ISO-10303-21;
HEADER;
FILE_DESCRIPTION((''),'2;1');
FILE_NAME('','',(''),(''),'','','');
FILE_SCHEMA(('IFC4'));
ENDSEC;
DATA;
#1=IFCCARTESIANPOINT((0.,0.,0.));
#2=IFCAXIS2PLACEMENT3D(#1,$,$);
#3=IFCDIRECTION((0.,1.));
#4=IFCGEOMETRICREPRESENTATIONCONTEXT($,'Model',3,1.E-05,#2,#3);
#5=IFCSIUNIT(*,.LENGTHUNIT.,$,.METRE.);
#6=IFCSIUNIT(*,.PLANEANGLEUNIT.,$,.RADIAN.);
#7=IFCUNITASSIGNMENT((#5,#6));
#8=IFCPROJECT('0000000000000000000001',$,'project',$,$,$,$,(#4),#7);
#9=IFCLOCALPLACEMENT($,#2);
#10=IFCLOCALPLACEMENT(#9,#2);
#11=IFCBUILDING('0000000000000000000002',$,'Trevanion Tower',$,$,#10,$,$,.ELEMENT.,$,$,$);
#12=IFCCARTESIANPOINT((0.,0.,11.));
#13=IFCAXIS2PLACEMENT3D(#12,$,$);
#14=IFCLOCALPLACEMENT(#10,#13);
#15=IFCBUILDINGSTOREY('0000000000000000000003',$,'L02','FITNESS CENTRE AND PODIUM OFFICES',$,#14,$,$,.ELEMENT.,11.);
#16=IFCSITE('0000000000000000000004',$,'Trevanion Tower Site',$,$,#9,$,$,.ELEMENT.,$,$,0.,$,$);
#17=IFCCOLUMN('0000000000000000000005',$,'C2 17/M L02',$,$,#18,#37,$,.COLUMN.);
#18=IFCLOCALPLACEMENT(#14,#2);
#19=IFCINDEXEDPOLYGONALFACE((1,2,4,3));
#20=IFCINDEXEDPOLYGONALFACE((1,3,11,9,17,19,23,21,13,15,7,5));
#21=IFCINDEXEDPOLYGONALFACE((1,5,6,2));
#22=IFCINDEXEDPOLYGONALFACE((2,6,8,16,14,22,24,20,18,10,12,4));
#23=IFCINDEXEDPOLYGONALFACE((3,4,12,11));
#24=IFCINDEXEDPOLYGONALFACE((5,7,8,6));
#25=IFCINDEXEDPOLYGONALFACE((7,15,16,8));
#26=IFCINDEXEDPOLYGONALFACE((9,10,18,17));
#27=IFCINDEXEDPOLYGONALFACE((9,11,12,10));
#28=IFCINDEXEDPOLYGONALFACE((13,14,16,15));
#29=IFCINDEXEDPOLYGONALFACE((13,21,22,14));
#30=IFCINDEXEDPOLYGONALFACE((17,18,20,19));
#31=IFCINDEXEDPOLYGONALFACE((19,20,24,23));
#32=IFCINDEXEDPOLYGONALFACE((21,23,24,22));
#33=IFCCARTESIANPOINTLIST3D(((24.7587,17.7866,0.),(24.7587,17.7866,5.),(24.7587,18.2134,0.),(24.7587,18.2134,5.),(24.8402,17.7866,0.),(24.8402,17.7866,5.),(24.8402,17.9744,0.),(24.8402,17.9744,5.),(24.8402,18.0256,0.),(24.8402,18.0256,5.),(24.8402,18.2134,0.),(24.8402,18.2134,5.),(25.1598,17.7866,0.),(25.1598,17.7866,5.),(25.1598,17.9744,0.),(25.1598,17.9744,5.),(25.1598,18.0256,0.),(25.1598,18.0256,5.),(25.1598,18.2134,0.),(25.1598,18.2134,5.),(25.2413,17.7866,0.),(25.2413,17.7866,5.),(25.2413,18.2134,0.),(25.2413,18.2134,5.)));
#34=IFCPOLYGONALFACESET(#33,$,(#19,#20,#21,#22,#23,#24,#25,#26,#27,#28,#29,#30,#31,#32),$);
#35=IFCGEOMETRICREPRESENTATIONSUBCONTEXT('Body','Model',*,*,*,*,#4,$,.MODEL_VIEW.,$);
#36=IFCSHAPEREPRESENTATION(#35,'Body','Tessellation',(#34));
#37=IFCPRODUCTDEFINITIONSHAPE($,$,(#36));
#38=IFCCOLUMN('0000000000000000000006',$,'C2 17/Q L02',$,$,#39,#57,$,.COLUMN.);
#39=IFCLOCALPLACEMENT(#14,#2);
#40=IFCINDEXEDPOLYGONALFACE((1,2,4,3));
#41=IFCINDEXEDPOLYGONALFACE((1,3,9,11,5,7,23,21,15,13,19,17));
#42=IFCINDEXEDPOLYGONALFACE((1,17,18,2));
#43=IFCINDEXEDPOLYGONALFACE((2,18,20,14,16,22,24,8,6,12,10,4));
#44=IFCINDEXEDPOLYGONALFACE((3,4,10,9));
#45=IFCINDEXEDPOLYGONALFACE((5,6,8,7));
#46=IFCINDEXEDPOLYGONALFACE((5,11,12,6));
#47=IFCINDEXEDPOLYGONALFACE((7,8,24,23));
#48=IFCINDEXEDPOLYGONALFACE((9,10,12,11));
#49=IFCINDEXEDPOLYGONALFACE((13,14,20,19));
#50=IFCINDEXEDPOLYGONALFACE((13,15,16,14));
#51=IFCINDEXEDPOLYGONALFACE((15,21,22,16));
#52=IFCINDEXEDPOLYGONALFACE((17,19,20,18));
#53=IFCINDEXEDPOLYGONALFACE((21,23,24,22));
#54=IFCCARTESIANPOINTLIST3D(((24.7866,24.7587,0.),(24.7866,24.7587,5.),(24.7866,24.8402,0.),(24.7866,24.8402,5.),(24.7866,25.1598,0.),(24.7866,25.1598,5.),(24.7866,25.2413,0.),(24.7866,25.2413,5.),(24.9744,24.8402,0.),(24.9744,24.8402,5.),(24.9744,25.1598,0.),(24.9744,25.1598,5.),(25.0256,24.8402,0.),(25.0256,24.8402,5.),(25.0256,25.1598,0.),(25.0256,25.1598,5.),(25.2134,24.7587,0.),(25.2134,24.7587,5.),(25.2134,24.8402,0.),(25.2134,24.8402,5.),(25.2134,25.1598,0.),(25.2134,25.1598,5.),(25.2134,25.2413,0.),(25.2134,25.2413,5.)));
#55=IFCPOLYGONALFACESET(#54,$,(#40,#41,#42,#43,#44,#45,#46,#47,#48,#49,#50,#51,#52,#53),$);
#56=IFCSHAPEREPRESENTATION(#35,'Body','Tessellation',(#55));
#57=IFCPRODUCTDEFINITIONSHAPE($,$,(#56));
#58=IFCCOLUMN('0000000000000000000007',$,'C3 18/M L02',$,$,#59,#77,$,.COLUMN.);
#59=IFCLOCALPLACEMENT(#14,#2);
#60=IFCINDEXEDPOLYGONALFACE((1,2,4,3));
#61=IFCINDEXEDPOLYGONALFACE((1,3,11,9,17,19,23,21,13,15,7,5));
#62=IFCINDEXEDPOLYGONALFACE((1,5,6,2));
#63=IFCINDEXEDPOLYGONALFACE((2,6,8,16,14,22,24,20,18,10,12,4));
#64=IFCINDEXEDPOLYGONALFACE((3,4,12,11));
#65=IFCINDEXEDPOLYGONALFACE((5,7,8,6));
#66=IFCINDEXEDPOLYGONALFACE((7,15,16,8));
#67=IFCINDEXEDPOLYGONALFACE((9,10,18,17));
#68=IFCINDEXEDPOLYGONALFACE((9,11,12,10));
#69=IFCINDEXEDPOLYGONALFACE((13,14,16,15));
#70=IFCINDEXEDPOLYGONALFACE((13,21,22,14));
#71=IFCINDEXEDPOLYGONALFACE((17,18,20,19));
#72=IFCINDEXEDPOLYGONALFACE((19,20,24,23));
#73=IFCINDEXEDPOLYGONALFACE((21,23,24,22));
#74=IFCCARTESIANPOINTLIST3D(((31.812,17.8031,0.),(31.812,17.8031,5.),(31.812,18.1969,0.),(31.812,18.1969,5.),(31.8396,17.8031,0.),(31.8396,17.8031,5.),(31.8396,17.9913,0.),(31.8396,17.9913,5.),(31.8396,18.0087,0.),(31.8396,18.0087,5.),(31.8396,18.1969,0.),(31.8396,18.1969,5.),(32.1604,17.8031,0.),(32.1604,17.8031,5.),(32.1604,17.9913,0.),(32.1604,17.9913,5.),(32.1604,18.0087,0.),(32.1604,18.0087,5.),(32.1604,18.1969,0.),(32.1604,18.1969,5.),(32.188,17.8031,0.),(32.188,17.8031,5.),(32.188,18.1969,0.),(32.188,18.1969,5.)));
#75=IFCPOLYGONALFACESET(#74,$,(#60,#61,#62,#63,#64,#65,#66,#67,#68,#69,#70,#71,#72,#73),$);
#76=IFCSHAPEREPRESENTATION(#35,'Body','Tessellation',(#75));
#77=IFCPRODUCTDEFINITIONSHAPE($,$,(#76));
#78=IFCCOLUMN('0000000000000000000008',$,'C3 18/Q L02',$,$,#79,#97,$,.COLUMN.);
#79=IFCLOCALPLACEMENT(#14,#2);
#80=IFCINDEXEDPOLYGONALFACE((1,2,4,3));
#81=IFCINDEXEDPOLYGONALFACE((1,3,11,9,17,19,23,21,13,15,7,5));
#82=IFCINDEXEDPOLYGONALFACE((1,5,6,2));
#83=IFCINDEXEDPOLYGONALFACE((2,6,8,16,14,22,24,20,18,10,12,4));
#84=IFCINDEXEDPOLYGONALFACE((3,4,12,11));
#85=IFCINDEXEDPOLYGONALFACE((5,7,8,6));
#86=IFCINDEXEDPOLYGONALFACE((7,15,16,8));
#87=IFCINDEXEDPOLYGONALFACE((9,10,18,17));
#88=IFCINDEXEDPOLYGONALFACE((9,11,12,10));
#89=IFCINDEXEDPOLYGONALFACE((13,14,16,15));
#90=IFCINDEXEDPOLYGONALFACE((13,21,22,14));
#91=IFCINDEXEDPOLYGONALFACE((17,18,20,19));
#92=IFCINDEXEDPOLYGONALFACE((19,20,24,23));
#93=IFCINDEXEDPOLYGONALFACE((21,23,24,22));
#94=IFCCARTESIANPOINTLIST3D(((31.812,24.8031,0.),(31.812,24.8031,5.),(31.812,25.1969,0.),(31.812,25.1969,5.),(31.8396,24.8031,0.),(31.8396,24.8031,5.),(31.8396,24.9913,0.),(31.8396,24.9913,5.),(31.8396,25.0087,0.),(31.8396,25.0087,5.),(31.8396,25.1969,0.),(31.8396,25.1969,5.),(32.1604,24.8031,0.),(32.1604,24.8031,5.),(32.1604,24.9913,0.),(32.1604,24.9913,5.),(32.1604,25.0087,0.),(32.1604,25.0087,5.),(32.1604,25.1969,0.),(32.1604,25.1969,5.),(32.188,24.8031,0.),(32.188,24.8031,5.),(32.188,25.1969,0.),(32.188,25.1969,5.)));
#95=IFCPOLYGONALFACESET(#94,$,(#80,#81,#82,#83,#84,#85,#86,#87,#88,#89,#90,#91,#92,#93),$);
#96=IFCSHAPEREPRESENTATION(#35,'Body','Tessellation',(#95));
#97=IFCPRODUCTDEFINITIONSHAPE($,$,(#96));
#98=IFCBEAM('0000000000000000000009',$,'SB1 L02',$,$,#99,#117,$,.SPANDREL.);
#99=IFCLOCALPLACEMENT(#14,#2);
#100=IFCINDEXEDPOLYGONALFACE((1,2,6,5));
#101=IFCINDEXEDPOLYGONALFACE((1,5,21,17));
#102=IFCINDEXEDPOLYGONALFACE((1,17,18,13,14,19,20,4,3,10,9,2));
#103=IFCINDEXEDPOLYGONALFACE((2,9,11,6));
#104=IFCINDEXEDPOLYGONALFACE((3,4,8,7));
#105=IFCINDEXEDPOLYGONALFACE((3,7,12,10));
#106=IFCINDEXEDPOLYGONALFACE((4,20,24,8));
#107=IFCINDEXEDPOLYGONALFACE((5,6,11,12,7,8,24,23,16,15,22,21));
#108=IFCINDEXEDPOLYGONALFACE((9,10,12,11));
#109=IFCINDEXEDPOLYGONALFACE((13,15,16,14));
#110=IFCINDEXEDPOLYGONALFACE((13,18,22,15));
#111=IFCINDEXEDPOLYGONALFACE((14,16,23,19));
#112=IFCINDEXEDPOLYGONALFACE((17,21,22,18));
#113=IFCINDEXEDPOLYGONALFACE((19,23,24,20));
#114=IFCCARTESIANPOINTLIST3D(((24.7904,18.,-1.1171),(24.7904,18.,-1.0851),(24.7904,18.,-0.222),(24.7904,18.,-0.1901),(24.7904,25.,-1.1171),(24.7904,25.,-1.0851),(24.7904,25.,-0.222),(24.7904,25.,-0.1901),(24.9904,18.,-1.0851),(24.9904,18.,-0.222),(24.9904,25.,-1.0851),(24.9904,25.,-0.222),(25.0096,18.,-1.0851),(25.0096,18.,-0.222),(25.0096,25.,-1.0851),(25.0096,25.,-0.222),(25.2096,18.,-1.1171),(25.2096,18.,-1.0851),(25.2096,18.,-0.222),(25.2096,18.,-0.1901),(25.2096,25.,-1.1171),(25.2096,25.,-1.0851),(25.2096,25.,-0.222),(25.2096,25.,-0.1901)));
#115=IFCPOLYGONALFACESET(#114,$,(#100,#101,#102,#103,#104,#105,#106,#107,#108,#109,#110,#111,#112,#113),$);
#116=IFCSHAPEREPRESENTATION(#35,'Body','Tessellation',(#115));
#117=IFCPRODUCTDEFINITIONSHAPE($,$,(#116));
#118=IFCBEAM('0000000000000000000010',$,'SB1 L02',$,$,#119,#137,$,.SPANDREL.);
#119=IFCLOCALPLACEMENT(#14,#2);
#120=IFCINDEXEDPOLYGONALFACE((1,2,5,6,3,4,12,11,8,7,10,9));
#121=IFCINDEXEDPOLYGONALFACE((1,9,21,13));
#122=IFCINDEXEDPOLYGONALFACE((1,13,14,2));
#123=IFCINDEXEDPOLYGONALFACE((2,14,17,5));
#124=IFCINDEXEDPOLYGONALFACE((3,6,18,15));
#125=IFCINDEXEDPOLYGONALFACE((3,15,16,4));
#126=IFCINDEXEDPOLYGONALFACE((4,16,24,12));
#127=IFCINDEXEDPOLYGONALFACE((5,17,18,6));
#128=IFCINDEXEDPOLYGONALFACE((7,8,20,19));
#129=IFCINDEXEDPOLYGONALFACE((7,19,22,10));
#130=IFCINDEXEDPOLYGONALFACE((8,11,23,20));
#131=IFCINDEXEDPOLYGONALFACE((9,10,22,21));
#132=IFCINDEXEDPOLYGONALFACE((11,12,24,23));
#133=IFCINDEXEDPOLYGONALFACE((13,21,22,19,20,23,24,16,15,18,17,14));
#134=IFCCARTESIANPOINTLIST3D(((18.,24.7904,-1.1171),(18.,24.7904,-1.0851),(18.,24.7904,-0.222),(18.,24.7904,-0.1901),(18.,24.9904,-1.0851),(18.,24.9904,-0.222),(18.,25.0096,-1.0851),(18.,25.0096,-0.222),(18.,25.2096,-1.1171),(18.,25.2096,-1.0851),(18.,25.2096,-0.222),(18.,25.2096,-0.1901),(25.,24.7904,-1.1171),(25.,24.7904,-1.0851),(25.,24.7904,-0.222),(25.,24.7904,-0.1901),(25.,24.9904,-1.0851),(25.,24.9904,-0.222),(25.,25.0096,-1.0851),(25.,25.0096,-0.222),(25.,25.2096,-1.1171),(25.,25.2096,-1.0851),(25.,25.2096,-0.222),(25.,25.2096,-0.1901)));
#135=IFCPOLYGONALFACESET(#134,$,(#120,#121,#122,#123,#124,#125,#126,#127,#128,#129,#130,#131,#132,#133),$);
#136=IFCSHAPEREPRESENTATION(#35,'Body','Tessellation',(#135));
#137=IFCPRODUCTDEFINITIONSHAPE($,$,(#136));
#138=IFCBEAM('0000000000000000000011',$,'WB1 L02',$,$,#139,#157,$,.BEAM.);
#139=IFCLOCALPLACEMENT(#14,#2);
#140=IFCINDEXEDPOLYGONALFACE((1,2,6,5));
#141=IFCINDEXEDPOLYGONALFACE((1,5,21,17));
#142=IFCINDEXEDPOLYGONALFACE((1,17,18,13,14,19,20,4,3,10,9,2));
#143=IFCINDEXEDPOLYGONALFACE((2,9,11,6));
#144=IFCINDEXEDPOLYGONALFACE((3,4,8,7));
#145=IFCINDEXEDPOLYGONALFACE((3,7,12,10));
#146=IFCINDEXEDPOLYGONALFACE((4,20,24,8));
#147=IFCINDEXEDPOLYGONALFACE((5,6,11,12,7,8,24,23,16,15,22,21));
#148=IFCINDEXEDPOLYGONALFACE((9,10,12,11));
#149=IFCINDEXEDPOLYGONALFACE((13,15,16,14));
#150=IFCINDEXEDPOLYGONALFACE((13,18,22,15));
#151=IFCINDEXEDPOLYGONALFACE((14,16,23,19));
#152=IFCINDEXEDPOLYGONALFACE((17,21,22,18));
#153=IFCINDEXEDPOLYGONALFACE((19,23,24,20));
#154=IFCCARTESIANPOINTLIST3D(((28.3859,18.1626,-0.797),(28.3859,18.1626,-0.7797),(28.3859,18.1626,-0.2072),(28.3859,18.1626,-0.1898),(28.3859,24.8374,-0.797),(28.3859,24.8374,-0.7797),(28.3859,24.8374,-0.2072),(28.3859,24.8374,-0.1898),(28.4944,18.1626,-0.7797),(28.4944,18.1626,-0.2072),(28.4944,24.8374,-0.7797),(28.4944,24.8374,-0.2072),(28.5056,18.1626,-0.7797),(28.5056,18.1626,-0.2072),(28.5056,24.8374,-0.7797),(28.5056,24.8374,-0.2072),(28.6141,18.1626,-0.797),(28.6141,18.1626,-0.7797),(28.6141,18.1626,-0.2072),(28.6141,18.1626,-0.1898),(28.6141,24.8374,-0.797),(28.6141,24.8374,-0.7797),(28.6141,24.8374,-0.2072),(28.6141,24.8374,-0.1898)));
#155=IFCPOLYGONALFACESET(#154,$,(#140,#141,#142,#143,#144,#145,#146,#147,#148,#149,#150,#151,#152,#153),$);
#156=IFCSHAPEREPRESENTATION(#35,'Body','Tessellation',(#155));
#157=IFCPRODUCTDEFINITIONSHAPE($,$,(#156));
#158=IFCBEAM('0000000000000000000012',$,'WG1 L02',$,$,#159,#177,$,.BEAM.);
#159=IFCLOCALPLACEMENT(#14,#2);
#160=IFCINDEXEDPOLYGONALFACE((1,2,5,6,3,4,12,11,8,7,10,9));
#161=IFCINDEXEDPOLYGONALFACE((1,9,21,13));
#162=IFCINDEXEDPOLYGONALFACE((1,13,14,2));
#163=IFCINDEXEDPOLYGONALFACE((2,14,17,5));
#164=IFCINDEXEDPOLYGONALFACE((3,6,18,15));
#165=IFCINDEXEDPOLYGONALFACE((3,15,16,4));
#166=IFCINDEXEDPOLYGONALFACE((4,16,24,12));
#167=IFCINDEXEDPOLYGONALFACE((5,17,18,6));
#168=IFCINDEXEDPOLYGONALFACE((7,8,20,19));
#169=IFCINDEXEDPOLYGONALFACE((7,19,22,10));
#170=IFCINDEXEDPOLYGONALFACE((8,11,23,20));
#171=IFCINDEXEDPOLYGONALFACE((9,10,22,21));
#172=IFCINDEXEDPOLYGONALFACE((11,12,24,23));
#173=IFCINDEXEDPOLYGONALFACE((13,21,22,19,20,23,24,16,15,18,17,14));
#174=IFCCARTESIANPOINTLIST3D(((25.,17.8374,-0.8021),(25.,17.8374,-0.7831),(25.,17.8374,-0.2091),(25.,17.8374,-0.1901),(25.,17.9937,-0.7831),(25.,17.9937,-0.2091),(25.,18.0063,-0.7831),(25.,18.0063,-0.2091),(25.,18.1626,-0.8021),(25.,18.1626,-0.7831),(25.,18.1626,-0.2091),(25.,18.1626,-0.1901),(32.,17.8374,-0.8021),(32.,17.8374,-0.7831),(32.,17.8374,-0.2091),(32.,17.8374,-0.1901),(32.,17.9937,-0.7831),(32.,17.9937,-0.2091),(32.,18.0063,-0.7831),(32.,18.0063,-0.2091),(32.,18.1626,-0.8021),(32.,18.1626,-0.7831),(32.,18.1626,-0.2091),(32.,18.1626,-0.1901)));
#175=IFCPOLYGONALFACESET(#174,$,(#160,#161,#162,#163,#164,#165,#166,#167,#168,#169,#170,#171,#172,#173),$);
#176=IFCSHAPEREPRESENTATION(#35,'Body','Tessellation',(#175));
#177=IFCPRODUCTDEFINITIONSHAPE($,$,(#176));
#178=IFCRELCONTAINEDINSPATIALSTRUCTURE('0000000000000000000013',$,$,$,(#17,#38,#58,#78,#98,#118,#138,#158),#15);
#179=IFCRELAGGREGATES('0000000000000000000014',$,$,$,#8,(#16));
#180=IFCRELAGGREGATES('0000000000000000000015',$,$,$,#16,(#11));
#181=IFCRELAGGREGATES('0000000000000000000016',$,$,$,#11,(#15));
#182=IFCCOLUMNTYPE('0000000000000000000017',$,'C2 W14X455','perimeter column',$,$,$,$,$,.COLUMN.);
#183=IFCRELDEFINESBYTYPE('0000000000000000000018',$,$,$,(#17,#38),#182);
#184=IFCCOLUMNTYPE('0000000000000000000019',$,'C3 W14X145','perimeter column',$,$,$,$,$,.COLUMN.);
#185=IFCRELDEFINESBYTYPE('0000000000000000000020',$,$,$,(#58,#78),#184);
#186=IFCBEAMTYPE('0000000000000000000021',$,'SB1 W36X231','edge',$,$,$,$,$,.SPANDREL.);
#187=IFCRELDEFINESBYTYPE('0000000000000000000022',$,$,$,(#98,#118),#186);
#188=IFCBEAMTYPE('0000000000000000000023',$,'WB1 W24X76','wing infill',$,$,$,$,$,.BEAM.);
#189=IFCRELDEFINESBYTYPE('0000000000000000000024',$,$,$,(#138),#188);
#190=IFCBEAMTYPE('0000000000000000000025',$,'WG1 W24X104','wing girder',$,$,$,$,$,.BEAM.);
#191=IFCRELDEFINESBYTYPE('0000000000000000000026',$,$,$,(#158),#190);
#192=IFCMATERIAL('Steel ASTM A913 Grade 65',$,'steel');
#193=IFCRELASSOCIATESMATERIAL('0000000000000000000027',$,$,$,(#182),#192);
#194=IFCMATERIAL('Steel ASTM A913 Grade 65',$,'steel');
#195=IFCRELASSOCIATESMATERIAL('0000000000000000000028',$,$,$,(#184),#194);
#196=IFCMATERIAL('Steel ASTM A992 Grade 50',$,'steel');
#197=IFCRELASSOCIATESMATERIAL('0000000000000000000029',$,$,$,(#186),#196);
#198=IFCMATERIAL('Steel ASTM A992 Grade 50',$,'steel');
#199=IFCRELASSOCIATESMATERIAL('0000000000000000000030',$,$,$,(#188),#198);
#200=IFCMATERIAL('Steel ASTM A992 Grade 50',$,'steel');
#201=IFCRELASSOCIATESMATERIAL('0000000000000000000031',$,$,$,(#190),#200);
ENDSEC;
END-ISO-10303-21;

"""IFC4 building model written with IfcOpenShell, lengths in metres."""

from ifc_helpers import new_model, si_unit, direction, frame, origin, origin_2d, place, context, subcontext, project, spatial, i_section, extrude, material, material_profile, profile_set, type_object, element, save


model = new_model("IFC4")

# Units and contexts
model_context = context("Model", 3, precision=1e-05, world=origin(), true_north=direction((0.0, 1.0)))
body_context = subcontext(model_context, "Body", "Model", "MODEL_VIEW")
ifc_project = project(units=[si_unit("LENGTHUNIT", "METRE"), si_unit("PLANEANGLEUNIT", "RADIAN")], contexts=[model_context])

# Site, building, storey
site_placement = place(None, origin())
site = spatial("IfcSite", under=ifc_project, at=site_placement, Name="Trevanion Tower Site", CompositionType="ELEMENT", RefElevation=0.0)
building_placement = place(site_placement, origin())
building = spatial("IfcBuilding", under=site, at=building_placement, Name="Trevanion Tower", CompositionType="ELEMENT")
storey_placement = place(building_placement, frame((0.0, 0.0, 11.0)))
storey = spatial("IfcBuildingStorey", under=building, at=storey_placement, Name="L02", Description="FITNESS CENTRE AND PODIUM OFFICES", CompositionType="ELEMENT", Elevation=11.0)

# Columns
ifc_material_1 = material(Name="Steel ASTM A913 Grade 65", Category="steel")
ifc_material_profile_1 = material_profile(ifc_material_1, i_section(OverallWidth=0.4268, OverallDepth=0.4827, WebThickness=0.0513, FlangeThickness=0.0815, at=origin_2d()), Name="W14X455")
ifc_profile_set_1 = profile_set([ifc_material_profile_1], Name="Steel ASTM A913 Grade 65")
column_type_1 = type_object("IfcColumnType", Name="C2 W14X455", Description="perimeter column", PredefinedType="COLUMN", material=ifc_profile_set_1)
for number, where, z_axis, x_axis, name in (
    (1, (25.0, 18.0, 0.0), (0.0, 0.0, 1.0), (0.0, 1.0, 0.0), "C2 17/M L02"),
    (2, (25.0, 25.0, 0.0), (0.0, 0.0, 1.0), (1.0, 0.0, 0.0), "C2 17/Q L02"),
):
    element("IfcColumn", number, at=place(storey_placement, frame(where, z_axis=z_axis, x_axis=x_axis)), inside=storey, type_object=column_type_1, Name=name, PredefinedType="COLUMN", context=body_context, shape_type="SweptSolid", body=[
        extrude(i_section(OverallWidth=0.4268, OverallDepth=0.4827, WebThickness=0.0513, FlangeThickness=0.0815, at=origin_2d()), origin(), (0.0, 0.0, 1.0), 5.0),
    ])
ifc_material_2 = material(Name="Steel ASTM A913 Grade 65", Category="steel")
ifc_material_profile_2 = material_profile(ifc_material_2, i_section(OverallWidth=0.3938, OverallDepth=0.376, WebThickness=0.0173, FlangeThickness=0.0276, at=origin_2d()), Name="W14X145")
ifc_profile_set_2 = profile_set([ifc_material_profile_2], Name="Steel ASTM A913 Grade 65")
column_type_2 = type_object("IfcColumnType", Name="C3 W14X145", Description="perimeter column", PredefinedType="COLUMN", material=ifc_profile_set_2)
for number, where, z_axis, x_axis, name in (
    (3, (32.0, 18.0, 0.0), (0.0, 0.0, 1.0), (0.0, 1.0, 0.0), "C3 18/M L02"),
    (4, (32.0, 25.0, 0.0), (0.0, 0.0, 1.0), (0.0, 1.0, 0.0), "C3 18/Q L02"),
):
    element("IfcColumn", number, at=place(storey_placement, frame(where, z_axis=z_axis, x_axis=x_axis)), inside=storey, type_object=column_type_2, Name=name, PredefinedType="COLUMN", context=body_context, shape_type="SweptSolid", body=[
        extrude(i_section(OverallWidth=0.3938, OverallDepth=0.376, WebThickness=0.0173, FlangeThickness=0.0276, at=origin_2d()), origin(), (0.0, 0.0, 1.0), 5.0),
    ])

# Beams
ifc_material_3 = material(Name="Steel ASTM A992 Grade 50", Category="steel")
ifc_material_profile_3 = material_profile(ifc_material_3, i_section(OverallWidth=0.4192, OverallDepth=0.927, WebThickness=0.0193, FlangeThickness=0.032, at=origin_2d()), Name="W36X231")
ifc_profile_set_3 = profile_set([ifc_material_profile_3], Name="Steel ASTM A992 Grade 50")
beam_type_1 = type_object("IfcBeamType", Name="SB1 W36X231", Description="edge", PredefinedType="SPANDREL", material=ifc_profile_set_3)
for number, where, z_axis, x_axis, name in (
    (5, (25.0, 18.0, -0.6536), (0.0, 1.0, 0.0), (-1.0, 0.0, 0.0), "SB1 L02"),
    (6, (25.0, 25.0, -0.6536), (-1.0, 0.0, 0.0), (0.0, -1.0, 0.0), "SB1 L02"),
):
    element("IfcBeam", number, at=place(storey_placement, frame(where, z_axis=z_axis, x_axis=x_axis)), inside=storey, type_object=beam_type_1, Name=name, PredefinedType="SPANDREL", context=body_context, shape_type="SweptSolid", body=[
        extrude(i_section(OverallWidth=0.4192, OverallDepth=0.927, WebThickness=0.0193, FlangeThickness=0.032, at=origin_2d()), origin(), (0.0, 0.0, 1.0), 7.0),
    ])
ifc_material_4 = material(Name="Steel ASTM A992 Grade 50", Category="steel")
ifc_material_profile_4 = material_profile(ifc_material_4, i_section(OverallWidth=0.2283, OverallDepth=0.6072, WebThickness=0.0112, FlangeThickness=0.0173, at=origin_2d()), Name="W24X76")
ifc_profile_set_4 = profile_set([ifc_material_profile_4], Name="Steel ASTM A992 Grade 50")
beam_type_2 = type_object("IfcBeamType", Name="WB1 W24X76", Description="wing infill", PredefinedType="BEAM", material=ifc_profile_set_4)
beam_placement = place(storey_placement, frame((28.5, 18.1626, -0.4934), z_axis=(0.0, 1.0, 0.0), x_axis=(-1.0, 0.0, 0.0)))
element("IfcBeam", 7, at=beam_placement, inside=storey, type_object=beam_type_2, Name="WB1 L02", PredefinedType="BEAM", context=body_context, shape_type="SweptSolid", body=[
    extrude(i_section(OverallWidth=0.2283, OverallDepth=0.6072, WebThickness=0.0112, FlangeThickness=0.0173, at=origin_2d()), origin(), (0.0, 0.0, 1.0), 6.6748),
])
ifc_material_5 = material(Name="Steel ASTM A992 Grade 50", Category="steel")
ifc_material_profile_5 = material_profile(ifc_material_5, i_section(OverallWidth=0.3252, OverallDepth=0.6121, WebThickness=0.0127, FlangeThickness=0.019, at=origin_2d()), Name="W24X104")
ifc_profile_set_5 = profile_set([ifc_material_profile_5], Name="Steel ASTM A992 Grade 50")
beam_type_3 = type_object("IfcBeamType", Name="WG1 W24X104", Description="wing girder", PredefinedType="BEAM", material=ifc_profile_set_5)
for number, where, z_axis, x_axis, name in (
    (8, (25.0, 18.0, -0.4961), (1.0, 0.0, 0.0), (0.0, 1.0, 0.0), "WG1 L02"),
):
    element("IfcBeam", number, at=place(storey_placement, frame(where, z_axis=z_axis, x_axis=x_axis)), inside=storey, type_object=beam_type_3, Name=name, PredefinedType="BEAM", context=body_context, shape_type="SweptSolid", body=[
        extrude(i_section(OverallWidth=0.3252, OverallDepth=0.6121, WebThickness=0.0127, FlangeThickness=0.019, at=origin_2d()), origin(), (0.0, 0.0, 1.0), 7.0),
    ])

save(model, "model.ifc")
